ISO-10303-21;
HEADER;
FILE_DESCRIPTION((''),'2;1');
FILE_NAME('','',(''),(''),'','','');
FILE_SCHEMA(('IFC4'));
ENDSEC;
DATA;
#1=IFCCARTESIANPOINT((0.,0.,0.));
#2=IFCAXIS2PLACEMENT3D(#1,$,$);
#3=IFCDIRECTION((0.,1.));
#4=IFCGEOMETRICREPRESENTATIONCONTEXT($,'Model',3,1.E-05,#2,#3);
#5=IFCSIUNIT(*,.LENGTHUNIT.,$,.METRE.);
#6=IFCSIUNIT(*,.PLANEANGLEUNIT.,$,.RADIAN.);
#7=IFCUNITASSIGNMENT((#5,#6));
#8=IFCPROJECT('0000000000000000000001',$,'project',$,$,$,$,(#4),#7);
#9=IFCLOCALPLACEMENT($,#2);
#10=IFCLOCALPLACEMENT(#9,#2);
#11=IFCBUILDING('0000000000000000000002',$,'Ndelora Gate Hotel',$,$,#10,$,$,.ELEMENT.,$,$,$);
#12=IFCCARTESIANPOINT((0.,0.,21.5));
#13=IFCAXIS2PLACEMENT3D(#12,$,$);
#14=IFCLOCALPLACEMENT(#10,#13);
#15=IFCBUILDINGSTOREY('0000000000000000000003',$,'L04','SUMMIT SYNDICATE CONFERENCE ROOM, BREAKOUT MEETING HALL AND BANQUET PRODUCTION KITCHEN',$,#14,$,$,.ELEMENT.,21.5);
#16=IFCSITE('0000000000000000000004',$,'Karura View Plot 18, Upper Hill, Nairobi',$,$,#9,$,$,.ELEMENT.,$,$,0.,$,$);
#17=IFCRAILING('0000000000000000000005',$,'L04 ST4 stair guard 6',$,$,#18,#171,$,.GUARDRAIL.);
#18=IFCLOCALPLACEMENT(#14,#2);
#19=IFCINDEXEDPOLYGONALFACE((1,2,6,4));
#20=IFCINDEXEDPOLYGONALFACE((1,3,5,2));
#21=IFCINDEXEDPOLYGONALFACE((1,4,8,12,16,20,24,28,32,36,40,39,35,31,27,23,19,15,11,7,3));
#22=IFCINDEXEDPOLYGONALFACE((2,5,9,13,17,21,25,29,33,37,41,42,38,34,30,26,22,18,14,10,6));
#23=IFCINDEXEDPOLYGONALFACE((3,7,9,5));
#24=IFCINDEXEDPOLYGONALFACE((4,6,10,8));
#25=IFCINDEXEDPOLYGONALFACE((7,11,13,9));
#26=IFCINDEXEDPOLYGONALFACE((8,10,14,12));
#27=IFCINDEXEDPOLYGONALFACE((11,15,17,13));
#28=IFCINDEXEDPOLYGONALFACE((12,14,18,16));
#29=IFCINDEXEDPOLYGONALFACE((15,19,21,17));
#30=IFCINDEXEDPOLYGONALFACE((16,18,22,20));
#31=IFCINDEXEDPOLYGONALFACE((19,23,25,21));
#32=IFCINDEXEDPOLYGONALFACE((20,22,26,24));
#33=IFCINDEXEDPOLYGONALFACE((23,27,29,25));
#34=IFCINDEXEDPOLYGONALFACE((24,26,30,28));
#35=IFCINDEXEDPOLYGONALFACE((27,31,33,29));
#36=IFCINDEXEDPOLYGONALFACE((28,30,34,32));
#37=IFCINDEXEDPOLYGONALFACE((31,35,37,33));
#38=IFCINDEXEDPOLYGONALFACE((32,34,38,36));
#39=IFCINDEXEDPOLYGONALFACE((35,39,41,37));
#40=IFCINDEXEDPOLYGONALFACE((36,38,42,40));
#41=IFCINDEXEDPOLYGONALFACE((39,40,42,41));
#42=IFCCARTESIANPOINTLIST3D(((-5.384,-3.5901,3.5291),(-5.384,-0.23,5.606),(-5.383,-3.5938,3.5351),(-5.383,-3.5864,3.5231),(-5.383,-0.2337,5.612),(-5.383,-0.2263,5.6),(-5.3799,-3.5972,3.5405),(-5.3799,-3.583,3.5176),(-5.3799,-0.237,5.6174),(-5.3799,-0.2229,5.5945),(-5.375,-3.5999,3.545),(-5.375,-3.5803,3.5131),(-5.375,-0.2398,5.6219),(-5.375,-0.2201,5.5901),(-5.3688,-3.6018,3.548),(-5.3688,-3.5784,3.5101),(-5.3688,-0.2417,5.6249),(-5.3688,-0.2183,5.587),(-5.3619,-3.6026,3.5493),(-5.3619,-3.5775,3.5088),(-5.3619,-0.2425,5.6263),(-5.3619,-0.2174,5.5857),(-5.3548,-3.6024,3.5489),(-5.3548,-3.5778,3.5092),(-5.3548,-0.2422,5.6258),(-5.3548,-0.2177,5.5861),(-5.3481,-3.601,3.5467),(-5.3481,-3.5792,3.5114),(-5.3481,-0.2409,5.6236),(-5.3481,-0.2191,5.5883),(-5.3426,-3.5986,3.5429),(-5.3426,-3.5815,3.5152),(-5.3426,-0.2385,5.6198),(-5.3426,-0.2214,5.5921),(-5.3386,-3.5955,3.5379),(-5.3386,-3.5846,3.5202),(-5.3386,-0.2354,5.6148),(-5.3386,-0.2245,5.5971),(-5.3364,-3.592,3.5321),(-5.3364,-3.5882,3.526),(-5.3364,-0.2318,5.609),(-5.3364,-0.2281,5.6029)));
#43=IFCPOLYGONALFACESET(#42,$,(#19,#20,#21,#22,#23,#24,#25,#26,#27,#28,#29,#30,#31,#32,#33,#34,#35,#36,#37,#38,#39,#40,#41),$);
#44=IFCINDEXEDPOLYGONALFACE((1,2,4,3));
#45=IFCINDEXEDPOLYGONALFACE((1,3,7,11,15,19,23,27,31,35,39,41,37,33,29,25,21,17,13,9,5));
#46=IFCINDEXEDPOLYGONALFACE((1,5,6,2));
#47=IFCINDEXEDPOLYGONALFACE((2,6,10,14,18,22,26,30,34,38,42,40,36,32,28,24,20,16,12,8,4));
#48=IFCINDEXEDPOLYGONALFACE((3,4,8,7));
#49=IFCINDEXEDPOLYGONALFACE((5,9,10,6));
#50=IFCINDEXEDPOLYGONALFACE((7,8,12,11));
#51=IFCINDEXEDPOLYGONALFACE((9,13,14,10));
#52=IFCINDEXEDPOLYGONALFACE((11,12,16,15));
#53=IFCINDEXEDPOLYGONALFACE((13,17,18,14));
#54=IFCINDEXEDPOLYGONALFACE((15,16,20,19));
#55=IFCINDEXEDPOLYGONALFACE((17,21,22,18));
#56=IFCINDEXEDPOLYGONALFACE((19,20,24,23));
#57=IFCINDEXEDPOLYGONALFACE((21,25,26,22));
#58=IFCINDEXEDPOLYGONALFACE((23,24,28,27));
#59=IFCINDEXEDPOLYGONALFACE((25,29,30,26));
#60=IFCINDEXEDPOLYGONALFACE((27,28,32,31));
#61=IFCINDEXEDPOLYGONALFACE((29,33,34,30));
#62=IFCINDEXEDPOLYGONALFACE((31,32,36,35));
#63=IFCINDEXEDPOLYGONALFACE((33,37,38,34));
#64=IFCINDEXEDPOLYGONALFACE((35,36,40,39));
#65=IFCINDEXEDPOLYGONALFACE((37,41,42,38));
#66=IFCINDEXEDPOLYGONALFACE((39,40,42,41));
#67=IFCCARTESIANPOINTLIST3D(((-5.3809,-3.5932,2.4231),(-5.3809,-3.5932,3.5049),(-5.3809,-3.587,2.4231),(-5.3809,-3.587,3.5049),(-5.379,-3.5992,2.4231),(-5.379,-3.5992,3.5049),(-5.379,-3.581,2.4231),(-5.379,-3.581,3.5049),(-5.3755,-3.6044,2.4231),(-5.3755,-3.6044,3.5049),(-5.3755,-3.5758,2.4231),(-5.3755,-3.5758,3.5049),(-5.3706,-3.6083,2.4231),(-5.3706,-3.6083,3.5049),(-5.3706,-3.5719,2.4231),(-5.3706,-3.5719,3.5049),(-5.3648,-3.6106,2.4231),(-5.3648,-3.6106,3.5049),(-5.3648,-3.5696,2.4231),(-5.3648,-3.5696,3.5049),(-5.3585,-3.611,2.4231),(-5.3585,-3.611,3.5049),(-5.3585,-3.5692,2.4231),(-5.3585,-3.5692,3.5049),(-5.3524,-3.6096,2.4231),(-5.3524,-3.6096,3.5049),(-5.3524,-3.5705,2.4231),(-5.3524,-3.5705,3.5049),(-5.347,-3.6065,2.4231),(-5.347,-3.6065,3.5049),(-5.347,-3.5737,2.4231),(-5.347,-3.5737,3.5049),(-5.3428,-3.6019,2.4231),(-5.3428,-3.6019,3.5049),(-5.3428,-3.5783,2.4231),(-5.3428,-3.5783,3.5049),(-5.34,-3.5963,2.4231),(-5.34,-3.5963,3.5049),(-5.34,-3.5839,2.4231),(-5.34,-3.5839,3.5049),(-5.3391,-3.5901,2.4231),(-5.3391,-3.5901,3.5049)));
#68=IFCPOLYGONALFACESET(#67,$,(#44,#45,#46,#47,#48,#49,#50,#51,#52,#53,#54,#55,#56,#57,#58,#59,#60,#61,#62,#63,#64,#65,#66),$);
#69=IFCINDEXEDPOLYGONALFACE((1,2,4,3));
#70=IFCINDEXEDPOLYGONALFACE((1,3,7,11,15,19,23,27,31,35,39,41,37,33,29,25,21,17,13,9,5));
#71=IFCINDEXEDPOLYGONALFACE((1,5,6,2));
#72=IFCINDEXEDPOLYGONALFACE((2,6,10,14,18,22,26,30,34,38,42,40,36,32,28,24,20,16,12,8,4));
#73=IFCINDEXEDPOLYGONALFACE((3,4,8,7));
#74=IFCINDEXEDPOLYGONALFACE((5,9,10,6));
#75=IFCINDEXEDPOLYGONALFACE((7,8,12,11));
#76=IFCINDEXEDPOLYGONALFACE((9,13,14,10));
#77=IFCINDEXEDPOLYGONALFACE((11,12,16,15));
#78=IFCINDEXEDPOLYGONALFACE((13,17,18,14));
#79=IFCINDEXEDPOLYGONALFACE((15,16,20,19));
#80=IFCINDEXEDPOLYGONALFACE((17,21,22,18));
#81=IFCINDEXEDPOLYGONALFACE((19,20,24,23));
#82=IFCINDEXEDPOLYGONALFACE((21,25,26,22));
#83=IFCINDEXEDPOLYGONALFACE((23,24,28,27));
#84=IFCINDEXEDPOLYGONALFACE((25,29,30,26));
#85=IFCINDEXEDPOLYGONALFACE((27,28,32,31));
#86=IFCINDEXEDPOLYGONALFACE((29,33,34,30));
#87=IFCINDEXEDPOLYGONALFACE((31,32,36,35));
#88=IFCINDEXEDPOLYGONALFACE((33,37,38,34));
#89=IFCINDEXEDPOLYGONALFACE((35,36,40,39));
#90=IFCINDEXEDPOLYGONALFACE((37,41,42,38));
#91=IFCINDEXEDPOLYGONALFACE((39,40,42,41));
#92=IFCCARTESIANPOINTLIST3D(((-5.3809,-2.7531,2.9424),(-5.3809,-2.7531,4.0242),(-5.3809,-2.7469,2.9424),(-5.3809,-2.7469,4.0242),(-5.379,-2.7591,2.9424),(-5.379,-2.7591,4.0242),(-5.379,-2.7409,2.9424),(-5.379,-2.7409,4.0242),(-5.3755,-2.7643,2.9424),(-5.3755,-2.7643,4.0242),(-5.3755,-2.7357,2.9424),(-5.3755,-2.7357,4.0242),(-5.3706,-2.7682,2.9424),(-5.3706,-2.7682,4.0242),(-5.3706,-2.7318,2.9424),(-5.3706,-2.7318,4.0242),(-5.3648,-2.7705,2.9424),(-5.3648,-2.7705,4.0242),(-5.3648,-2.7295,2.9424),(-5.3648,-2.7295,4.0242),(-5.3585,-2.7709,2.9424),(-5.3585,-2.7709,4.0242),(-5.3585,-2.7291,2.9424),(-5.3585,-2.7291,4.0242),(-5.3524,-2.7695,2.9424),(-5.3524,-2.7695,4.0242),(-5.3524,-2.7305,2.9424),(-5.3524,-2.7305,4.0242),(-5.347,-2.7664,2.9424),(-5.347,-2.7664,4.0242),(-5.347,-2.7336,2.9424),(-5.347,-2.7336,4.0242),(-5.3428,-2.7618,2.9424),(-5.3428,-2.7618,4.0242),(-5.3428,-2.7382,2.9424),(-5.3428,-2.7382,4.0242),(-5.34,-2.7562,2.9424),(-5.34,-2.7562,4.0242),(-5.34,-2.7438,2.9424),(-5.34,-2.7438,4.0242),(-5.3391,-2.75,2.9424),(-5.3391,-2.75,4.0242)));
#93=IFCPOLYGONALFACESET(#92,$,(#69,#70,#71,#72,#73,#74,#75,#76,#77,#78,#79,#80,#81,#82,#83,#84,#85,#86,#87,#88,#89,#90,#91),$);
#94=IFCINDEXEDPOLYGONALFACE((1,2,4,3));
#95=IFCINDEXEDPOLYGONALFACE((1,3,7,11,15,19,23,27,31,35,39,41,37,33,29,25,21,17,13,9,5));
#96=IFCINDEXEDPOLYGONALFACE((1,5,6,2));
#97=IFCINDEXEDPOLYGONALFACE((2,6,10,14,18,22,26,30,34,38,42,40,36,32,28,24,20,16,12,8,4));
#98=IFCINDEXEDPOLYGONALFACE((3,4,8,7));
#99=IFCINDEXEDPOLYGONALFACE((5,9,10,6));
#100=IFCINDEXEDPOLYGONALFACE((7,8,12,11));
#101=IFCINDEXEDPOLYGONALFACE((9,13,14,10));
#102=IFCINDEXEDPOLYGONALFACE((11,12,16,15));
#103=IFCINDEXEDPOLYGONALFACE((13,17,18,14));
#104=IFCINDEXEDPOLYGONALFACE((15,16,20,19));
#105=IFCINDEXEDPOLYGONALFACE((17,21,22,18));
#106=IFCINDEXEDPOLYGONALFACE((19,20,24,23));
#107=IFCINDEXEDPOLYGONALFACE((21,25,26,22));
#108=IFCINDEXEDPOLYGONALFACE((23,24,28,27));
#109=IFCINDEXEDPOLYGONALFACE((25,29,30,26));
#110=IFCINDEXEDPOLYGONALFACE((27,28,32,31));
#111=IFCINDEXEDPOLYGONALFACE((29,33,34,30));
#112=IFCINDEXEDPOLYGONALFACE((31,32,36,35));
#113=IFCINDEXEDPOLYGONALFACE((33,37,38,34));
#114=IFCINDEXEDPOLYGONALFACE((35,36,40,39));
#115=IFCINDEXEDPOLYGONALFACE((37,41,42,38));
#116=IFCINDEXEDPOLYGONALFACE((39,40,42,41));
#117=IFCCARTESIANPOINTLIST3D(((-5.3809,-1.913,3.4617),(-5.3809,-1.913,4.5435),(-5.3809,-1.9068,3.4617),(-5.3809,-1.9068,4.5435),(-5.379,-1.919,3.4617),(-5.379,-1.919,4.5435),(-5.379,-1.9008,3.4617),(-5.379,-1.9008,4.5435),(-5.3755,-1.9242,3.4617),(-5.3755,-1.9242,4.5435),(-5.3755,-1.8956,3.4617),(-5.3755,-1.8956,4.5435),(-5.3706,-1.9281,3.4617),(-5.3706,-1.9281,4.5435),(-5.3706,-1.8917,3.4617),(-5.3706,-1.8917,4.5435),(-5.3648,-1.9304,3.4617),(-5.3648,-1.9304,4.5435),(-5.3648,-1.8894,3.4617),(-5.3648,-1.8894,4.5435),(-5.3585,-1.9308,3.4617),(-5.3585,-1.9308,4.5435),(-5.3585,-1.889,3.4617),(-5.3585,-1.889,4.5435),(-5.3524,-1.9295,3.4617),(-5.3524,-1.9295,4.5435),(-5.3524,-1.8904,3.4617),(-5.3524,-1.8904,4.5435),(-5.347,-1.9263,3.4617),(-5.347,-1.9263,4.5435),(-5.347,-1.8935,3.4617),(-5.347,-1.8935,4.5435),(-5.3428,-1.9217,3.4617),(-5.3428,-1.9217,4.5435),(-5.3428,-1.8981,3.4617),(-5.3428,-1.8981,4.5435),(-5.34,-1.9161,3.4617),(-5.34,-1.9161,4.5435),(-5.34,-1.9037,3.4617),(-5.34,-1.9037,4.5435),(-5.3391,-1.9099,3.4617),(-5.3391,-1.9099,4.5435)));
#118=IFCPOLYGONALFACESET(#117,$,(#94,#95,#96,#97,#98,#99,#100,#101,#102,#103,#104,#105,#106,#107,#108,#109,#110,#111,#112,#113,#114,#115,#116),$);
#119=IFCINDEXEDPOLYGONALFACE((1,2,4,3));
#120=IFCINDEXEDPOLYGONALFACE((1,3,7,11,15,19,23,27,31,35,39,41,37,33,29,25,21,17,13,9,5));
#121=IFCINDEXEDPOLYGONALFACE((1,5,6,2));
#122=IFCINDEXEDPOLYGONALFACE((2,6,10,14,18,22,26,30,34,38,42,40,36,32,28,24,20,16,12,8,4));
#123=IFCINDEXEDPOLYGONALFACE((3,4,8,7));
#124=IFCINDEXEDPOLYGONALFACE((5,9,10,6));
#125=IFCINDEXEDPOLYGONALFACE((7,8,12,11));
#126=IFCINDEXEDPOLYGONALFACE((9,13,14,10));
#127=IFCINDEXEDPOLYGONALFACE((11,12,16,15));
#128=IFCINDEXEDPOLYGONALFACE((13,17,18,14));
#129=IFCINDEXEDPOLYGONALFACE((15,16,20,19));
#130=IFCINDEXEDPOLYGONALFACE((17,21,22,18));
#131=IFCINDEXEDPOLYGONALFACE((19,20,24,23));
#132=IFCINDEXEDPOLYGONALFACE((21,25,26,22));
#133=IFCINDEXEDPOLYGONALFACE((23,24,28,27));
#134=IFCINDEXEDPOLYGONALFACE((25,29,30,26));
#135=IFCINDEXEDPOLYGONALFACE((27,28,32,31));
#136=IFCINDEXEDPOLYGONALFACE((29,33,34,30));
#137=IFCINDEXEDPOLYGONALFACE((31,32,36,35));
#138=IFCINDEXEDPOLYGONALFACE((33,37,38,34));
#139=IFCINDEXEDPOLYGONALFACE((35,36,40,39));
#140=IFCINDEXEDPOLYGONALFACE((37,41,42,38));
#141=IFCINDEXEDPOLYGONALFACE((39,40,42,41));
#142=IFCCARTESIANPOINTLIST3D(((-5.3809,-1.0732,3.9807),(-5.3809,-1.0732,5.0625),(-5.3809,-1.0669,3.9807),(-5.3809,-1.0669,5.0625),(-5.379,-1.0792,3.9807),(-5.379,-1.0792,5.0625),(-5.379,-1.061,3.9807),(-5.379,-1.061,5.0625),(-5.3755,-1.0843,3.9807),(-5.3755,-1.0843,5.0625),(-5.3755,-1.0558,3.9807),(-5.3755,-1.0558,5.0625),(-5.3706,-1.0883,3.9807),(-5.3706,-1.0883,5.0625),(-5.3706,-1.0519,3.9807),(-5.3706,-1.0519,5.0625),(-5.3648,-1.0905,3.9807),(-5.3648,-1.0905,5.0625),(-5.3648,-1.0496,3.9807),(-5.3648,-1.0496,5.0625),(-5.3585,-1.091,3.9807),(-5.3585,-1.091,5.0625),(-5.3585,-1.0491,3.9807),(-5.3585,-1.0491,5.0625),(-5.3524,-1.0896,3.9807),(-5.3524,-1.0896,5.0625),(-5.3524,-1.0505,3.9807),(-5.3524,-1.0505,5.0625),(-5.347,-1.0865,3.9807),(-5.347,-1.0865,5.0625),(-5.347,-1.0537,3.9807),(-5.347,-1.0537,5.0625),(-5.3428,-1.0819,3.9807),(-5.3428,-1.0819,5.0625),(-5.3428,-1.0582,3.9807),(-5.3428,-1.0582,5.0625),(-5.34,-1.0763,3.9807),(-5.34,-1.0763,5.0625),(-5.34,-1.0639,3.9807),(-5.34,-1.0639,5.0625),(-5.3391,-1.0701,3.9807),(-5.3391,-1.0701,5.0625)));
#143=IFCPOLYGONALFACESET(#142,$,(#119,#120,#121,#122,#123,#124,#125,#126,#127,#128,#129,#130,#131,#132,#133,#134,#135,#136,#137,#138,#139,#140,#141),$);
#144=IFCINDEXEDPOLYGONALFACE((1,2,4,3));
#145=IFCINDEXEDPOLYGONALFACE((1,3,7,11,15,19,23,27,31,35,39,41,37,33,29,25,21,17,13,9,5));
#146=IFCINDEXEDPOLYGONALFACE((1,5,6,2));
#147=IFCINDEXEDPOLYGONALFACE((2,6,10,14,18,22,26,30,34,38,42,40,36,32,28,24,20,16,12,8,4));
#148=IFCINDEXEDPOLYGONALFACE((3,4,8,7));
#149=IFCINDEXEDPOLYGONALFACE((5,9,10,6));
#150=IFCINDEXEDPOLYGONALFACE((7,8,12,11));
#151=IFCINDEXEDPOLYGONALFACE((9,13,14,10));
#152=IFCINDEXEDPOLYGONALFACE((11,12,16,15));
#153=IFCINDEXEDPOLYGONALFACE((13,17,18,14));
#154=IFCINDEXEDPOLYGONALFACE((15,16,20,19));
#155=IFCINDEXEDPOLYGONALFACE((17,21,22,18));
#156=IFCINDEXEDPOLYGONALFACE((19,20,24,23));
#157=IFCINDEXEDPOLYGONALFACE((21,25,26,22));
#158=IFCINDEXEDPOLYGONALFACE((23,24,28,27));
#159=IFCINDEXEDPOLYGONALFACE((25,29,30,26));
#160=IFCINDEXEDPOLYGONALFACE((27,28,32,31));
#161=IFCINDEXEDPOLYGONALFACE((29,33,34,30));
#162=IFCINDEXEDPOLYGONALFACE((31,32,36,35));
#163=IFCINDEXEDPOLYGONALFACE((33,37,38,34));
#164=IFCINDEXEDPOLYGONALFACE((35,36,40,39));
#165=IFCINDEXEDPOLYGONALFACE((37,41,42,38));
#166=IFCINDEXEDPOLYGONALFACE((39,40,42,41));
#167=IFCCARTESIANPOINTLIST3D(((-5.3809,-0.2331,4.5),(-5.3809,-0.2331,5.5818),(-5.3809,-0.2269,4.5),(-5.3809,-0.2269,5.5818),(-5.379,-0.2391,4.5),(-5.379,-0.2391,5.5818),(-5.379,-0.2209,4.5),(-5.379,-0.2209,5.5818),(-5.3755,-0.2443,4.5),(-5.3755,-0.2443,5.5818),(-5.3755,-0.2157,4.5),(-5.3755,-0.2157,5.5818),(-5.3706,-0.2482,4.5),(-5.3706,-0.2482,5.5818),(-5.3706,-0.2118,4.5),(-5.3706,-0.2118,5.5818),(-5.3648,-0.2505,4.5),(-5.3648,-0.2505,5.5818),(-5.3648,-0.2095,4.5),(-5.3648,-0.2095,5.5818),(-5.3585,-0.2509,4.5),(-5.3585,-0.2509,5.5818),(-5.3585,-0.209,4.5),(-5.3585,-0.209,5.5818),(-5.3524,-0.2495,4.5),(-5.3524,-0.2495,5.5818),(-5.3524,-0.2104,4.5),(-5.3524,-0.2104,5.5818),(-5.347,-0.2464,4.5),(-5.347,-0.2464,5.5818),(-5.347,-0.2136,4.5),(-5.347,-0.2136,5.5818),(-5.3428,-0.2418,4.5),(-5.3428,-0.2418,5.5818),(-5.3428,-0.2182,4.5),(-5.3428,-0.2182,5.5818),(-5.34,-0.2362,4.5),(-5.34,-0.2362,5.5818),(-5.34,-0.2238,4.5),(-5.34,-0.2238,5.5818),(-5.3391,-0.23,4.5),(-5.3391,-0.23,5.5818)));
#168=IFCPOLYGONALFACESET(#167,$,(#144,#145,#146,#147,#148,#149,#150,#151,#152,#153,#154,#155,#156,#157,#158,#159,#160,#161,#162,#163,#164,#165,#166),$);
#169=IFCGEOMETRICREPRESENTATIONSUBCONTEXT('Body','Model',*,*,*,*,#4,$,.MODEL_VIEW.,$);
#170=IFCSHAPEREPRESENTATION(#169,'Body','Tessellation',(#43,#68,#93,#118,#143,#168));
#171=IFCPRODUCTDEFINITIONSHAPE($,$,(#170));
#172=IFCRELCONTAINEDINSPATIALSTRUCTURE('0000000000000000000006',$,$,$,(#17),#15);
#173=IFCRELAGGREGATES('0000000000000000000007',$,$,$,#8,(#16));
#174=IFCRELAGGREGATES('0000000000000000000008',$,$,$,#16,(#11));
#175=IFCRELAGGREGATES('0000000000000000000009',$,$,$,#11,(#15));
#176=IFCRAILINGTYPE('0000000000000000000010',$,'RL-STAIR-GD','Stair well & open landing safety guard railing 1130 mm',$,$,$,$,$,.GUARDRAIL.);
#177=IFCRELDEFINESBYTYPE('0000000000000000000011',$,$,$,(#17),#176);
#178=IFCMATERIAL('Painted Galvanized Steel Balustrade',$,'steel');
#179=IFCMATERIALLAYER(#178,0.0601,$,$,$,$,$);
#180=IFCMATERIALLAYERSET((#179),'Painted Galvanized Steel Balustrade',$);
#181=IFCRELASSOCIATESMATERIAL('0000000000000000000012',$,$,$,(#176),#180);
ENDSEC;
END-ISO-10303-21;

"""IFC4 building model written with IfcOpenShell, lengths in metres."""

from ifc_helpers import new_model, si_unit, direction, frame, origin, origin_2d, place, context, subcontext, project, spatial, circle, extrude, material, layer, layer_set, type_object, element, save


model = new_model("IFC4")

# Units and contexts
model_context = context("Model", 3, precision=1e-05, world=origin(), true_north=direction((0.0, 1.0)))
body_context = subcontext(model_context, "Body", "Model", "MODEL_VIEW")
ifc_project = project(units=[si_unit("LENGTHUNIT", "METRE"), si_unit("PLANEANGLEUNIT", "RADIAN")], contexts=[model_context])

# Site, building, storey
site_placement = place(None, origin())
site = spatial("IfcSite", under=ifc_project, at=site_placement, Name="Karura View Plot 18, Upper Hill, Nairobi", CompositionType="ELEMENT", RefElevation=0.0)
building_placement = place(site_placement, origin())
building = spatial("IfcBuilding", under=site, at=building_placement, Name="Ndelora Gate Hotel", CompositionType="ELEMENT")
storey_placement = place(building_placement, frame((0.0, 0.0, 21.5)))
storey = spatial("IfcBuildingStorey", under=building, at=storey_placement, Name="L04", Description="SUMMIT SYNDICATE CONFERENCE ROOM, BREAKOUT MEETING HALL AND BANQUET PRODUCTION KITCHEN", CompositionType="ELEMENT", Elevation=21.5)

# Railing
ifc_material_1 = material(Name="Painted Galvanized Steel Balustrade", Category="steel")
ifc_layer_1 = layer(ifc_material_1, 0.0601)
ifc_layer_set_1 = layer_set([ifc_layer_1], Name="Painted Galvanized Steel Balustrade")
railing_type = type_object("IfcRailingType", Name="RL-STAIR-GD", Description="Stair well & open landing safety guard railing 1130 mm", PredefinedType="GUARDRAIL", material=ifc_layer_set_1)
railing_1_placement = place(storey_placement, frame((-5.3601, -3.5901, 2.4231)))
element("IfcRailing", 1, at=railing_1_placement, inside=storey, type_object=railing_type, Name="L04 ST4 stair guard 6", PredefinedType="GUARDRAIL", context=body_context, shape_type="SweptSolid", body=[
    extrude(circle(Radius=0.0239, at=origin_2d()), frame((0.0, 0.0, 1.106), z_axis=(0.0, 0.850623, 0.525776), x_axis=(-1.0, 0.0, 0.0)), (0.0, 0.0, 1.0), 3.9502),
    extrude(circle(Radius=0.021, at=origin_2d()), origin(), (0.0, 0.0, 1.0), 1.0818),
    extrude(circle(Radius=0.021, at=origin_2d()), frame((0.0, 0.8401, 0.5193)), (0.0, 0.0, 1.0), 1.0818),
    extrude(circle(Radius=0.021, at=origin_2d()), frame((0.0, 1.6802, 1.0386)), (0.0, 0.0, 1.0), 1.0818),
    extrude(circle(Radius=0.021, at=origin_2d()), frame((0.0, 2.52, 1.5576)), (0.0, 0.0, 1.0), 1.0818),
    extrude(circle(Radius=0.021, at=origin_2d()), frame((0.0, 3.3601, 2.0769)), (0.0, 0.0, 1.0), 1.0818),
])

save(model, "model.ifc")
